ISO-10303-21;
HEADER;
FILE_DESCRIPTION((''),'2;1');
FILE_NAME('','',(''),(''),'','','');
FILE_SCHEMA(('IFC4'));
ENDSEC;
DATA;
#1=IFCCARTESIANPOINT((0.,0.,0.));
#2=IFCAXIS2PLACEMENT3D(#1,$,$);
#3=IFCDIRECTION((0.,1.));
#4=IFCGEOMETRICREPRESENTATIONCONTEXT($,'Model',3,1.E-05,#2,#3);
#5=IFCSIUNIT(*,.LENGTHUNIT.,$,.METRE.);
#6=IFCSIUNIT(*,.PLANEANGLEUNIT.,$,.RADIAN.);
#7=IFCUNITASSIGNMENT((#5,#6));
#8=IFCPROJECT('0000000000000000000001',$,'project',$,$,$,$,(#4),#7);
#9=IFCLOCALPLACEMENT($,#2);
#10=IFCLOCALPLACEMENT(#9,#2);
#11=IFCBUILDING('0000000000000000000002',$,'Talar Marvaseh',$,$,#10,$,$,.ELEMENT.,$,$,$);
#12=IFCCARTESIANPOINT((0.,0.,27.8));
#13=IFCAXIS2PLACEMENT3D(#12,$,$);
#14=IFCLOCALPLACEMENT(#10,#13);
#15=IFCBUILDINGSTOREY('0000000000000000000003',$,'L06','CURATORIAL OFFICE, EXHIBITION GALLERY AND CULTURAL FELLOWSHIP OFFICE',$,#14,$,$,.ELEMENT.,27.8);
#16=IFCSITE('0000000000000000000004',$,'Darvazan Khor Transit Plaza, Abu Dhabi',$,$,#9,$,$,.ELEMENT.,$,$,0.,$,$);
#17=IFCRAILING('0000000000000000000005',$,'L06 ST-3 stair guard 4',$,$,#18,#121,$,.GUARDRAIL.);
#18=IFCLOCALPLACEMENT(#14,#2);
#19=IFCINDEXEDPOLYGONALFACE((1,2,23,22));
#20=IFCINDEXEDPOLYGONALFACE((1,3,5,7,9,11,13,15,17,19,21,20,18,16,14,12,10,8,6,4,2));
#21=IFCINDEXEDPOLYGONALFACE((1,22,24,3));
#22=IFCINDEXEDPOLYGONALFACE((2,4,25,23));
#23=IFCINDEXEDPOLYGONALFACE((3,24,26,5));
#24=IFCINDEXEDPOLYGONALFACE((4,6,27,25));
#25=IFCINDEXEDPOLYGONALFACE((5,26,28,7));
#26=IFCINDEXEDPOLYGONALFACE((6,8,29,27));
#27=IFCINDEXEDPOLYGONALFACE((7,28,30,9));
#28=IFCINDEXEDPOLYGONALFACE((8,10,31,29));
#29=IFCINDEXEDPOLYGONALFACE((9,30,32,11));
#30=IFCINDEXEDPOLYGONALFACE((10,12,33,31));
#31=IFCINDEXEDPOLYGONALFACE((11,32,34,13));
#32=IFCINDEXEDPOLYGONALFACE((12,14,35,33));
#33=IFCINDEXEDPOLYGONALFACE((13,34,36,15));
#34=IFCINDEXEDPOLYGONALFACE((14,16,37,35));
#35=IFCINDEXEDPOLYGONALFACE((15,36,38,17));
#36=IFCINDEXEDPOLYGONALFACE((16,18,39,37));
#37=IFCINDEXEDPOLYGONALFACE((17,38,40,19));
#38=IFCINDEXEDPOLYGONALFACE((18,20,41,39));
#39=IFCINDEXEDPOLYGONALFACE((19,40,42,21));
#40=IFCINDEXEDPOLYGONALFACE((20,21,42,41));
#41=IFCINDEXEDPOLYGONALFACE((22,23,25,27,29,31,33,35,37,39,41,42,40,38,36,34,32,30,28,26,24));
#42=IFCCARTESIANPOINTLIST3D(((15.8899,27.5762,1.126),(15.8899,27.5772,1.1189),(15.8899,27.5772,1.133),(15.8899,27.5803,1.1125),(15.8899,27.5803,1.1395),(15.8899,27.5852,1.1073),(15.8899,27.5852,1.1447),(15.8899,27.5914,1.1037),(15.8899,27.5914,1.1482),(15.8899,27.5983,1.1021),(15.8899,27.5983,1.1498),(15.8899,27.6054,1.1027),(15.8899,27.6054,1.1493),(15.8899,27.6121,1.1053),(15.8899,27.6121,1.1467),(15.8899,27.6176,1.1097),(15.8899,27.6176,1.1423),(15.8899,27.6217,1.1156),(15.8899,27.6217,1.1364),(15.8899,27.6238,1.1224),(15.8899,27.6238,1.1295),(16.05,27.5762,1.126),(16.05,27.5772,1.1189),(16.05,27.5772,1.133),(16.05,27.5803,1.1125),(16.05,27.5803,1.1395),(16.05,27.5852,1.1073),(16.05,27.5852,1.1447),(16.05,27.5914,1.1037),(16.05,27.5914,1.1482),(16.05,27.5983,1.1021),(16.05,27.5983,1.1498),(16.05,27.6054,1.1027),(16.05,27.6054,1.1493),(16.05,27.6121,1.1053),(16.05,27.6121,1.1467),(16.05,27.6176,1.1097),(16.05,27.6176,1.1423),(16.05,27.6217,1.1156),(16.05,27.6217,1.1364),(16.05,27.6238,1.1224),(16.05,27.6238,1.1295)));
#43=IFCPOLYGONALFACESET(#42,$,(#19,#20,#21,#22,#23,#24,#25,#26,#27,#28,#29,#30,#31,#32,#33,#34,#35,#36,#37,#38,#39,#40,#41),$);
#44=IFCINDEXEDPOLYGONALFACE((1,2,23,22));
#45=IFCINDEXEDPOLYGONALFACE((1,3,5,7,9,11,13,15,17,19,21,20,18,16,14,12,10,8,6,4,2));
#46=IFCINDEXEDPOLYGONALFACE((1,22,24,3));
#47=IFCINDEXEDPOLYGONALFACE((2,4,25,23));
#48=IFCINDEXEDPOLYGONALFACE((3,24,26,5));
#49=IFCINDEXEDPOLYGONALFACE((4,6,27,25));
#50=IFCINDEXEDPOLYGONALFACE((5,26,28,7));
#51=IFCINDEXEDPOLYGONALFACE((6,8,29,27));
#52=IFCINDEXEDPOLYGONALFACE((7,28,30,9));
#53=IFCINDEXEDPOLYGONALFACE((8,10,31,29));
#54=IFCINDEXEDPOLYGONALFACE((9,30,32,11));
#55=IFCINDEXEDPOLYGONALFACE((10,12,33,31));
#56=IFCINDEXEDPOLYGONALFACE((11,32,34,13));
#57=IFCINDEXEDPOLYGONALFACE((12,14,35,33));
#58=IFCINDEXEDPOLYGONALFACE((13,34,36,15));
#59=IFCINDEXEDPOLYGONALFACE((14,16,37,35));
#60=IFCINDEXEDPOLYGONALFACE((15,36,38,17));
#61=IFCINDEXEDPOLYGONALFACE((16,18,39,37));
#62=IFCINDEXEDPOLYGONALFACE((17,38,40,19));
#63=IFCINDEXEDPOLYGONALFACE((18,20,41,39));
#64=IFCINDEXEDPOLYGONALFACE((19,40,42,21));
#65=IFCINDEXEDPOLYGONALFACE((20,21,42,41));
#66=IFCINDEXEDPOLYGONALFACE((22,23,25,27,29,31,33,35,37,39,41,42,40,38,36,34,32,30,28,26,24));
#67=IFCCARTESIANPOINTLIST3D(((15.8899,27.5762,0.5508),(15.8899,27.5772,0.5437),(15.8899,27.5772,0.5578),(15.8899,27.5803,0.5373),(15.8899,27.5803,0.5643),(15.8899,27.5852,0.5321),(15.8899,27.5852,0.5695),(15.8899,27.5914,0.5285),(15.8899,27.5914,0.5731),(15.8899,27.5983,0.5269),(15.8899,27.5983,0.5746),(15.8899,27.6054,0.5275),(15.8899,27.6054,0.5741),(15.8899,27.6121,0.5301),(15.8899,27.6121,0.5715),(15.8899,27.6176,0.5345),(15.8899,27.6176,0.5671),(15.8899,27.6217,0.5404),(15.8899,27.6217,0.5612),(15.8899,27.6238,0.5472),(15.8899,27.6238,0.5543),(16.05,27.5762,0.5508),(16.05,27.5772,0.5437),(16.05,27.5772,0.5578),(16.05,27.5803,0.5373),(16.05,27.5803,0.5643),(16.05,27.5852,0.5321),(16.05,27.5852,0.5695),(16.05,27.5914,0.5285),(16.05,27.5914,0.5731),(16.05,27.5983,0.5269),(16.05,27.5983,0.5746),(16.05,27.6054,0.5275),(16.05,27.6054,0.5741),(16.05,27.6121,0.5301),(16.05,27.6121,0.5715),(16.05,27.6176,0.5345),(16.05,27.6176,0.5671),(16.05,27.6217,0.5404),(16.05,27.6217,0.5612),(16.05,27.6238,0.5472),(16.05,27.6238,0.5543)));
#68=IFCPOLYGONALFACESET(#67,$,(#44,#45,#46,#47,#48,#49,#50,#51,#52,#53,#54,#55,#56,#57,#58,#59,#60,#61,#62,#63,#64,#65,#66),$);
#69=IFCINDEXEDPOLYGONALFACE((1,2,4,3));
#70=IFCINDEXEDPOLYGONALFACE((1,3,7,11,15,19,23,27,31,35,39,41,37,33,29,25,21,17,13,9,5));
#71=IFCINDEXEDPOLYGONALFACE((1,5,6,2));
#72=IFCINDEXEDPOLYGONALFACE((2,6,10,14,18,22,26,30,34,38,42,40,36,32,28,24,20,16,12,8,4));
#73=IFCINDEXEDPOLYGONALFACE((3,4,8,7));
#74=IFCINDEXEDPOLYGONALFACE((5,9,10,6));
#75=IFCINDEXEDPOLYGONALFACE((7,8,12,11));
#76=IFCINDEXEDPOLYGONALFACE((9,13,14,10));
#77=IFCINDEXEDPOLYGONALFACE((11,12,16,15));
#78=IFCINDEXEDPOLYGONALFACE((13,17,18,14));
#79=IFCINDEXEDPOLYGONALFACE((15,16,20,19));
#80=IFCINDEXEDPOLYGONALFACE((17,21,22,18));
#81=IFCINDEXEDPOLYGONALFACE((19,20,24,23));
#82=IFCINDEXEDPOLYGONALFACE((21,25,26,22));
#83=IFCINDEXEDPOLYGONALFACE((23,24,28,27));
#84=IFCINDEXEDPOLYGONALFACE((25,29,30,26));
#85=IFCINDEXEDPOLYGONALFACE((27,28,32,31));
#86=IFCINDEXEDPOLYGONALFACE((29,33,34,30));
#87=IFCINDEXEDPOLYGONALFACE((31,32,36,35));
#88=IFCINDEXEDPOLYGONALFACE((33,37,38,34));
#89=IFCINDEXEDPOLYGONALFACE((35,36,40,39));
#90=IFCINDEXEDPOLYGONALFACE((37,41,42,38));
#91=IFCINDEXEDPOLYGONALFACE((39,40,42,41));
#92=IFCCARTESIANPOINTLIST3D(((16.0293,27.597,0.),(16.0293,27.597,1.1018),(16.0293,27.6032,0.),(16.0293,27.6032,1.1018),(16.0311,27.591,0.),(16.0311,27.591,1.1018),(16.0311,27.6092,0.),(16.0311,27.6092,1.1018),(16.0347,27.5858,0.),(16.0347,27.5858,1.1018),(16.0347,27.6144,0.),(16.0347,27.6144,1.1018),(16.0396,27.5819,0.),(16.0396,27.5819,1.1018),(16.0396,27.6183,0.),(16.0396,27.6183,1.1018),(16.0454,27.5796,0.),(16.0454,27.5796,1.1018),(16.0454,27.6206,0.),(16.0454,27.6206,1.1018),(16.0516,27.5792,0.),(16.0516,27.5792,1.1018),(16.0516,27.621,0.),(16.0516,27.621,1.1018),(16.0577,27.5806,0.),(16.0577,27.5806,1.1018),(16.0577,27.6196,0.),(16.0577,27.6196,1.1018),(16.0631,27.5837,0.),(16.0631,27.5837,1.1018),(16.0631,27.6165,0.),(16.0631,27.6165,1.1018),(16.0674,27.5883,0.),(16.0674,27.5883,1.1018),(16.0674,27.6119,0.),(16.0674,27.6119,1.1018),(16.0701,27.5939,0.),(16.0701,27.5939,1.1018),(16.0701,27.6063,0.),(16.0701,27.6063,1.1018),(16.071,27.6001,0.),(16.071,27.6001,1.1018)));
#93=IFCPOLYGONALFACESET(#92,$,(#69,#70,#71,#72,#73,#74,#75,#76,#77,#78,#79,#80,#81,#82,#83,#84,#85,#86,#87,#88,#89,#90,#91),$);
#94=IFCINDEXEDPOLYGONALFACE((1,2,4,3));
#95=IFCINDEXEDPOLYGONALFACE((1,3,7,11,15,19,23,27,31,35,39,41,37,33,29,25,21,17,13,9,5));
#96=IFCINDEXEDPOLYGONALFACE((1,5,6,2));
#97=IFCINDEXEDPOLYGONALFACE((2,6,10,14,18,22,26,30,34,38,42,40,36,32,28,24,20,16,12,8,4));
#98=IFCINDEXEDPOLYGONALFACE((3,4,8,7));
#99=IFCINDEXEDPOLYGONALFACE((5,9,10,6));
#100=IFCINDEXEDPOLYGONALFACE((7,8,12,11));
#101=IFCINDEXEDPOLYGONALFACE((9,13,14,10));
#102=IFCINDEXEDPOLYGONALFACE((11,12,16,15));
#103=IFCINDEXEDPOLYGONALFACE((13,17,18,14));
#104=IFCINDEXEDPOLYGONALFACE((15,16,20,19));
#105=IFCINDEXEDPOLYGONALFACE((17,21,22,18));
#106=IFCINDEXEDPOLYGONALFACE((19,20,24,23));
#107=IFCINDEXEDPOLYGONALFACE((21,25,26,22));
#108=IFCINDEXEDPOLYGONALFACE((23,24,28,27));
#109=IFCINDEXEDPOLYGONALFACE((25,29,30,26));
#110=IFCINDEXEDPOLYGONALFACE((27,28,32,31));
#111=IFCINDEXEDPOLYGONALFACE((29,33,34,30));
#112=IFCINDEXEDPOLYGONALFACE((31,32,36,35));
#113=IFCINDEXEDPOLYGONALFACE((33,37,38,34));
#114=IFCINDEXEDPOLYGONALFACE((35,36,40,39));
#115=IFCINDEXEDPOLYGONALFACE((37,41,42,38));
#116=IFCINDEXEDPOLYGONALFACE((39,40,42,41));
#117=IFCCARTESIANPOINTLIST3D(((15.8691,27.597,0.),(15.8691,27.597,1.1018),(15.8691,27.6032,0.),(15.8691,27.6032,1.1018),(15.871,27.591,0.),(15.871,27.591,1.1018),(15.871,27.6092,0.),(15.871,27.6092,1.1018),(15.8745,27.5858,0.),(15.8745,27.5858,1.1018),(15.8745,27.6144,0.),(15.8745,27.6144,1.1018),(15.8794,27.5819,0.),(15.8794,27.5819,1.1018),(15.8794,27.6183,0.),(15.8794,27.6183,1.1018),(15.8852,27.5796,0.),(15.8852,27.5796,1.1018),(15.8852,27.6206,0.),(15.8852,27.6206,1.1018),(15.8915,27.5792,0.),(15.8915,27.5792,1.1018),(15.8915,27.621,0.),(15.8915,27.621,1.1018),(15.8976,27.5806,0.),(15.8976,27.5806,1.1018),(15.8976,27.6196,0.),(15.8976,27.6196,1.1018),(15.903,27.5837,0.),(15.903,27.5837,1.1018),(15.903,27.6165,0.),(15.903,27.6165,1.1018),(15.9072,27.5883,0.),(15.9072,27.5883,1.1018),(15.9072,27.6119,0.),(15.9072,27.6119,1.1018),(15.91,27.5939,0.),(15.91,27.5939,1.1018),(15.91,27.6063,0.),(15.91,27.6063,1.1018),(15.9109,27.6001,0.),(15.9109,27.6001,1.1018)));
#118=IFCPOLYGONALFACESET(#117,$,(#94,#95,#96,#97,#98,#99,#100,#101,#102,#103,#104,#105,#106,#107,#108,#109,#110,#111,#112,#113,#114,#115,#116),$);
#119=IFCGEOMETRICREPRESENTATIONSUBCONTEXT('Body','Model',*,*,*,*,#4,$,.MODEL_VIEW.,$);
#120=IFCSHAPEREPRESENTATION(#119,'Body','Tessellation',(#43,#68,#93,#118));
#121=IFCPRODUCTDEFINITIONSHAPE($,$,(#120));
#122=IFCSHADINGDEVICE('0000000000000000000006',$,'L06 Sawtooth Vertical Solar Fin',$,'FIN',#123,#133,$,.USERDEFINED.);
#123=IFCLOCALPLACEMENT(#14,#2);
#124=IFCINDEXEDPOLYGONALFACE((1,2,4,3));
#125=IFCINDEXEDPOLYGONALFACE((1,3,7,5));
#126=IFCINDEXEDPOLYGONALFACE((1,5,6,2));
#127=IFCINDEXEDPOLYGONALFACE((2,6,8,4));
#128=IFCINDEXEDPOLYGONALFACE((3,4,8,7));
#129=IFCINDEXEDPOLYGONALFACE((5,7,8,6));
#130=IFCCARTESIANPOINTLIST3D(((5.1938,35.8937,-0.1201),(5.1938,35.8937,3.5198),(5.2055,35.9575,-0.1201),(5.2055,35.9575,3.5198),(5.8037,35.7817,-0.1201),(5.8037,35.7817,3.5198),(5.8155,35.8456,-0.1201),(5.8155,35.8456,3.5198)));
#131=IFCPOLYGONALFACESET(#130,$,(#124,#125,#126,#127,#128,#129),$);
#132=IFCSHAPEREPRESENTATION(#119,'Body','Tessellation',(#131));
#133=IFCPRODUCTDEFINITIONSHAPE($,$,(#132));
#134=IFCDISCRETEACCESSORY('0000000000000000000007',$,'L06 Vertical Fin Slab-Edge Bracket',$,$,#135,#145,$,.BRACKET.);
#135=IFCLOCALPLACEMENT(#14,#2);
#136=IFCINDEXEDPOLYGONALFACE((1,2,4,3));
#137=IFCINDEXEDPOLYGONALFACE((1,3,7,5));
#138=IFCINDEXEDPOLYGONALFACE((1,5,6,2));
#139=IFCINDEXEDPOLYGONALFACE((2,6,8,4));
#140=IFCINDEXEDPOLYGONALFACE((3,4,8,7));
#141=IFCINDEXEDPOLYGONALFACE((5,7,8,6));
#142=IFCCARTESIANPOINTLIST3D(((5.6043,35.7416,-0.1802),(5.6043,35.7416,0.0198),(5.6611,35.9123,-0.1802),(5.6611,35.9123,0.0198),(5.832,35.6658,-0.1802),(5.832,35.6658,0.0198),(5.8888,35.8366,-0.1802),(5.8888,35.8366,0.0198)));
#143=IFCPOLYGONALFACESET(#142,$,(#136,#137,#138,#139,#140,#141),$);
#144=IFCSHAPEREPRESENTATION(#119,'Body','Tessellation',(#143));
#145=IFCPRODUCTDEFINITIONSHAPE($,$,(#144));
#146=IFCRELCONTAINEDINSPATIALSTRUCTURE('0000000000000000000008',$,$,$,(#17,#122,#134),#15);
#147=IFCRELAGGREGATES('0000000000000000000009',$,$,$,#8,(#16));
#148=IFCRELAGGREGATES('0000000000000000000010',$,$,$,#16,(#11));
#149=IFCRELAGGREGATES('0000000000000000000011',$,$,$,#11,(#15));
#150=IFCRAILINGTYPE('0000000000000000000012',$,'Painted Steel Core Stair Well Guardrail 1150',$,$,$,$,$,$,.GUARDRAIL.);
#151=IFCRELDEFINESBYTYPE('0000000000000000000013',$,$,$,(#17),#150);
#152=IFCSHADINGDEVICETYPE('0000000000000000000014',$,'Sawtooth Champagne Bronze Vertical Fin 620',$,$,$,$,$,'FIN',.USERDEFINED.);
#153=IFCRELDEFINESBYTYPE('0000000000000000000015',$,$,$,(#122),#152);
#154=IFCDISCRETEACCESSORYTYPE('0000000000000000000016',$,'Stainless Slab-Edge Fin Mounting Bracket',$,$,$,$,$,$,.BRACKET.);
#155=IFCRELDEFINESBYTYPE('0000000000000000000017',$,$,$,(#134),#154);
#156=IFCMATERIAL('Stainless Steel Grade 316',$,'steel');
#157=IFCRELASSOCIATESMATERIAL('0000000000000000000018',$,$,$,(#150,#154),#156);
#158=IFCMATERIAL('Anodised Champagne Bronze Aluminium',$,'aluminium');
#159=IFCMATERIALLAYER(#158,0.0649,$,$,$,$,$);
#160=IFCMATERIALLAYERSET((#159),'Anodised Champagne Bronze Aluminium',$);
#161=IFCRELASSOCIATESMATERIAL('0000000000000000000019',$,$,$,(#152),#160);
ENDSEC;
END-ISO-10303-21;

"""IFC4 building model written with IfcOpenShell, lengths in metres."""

from ifc_helpers import new_model, si_unit, direction, frame, origin, origin_2d, place, context, subcontext, project, spatial, rectangle, circle, extrude, source, transform, mapped, material, layer, layer_set, type_object, type_shapes, element, save


model = new_model("IFC4")

# Units and contexts
model_context = context("Model", 3, precision=1e-05, world=origin(), true_north=direction((0.0, 1.0)))
body_context = subcontext(model_context, "Body", "Model", "MODEL_VIEW")
ifc_project = project(units=[si_unit("LENGTHUNIT", "METRE"), si_unit("PLANEANGLEUNIT", "RADIAN")], contexts=[model_context])

# Site, building, storey
site_placement = place(None, origin())
site = spatial("IfcSite", under=ifc_project, at=site_placement, Name="Darvazan Khor Transit Plaza, Abu Dhabi", CompositionType="ELEMENT", RefElevation=0.0)
building_placement = place(site_placement, origin())
building = spatial("IfcBuilding", under=site, at=building_placement, Name="Talar Marvaseh", CompositionType="ELEMENT")
storey_placement = place(building_placement, frame((0.0, 0.0, 27.8)))
storey = spatial("IfcBuildingStorey", under=building, at=storey_placement, Name="L06", Description="CURATORIAL OFFICE, EXHIBITION GALLERY AND CULTURAL FELLOWSHIP OFFICE", CompositionType="ELEMENT", Elevation=27.8)

# Railing
ifc_material_1 = material(Name="Stainless Steel Grade 316", Category="steel")
railing_type_1 = type_object("IfcRailingType", Name="Painted Steel Core Stair Well Guardrail 1150", PredefinedType="GUARDRAIL", material=ifc_material_1)
railing_1_placement = place(storey_placement, frame((16.05, 27.6001, 0.0)))
element("IfcRailing", 1, at=railing_1_placement, inside=storey, type_object=railing_type_1, Name="L06 ST-3 stair guard 4", PredefinedType="GUARDRAIL", context=body_context, shape_type="SweptSolid", body=[
    extrude(circle(Radius=0.0239, at=origin_2d()), frame((0.0, 0.0, 1.126), z_axis=(-1.0, 0.0, 0.0), x_axis=(0.0, -1.0, 0.0)), (0.0, 0.0, 1.0), 0.1602),
    extrude(circle(Radius=0.0239, at=origin_2d()), frame((0.0, 0.0, 0.5508), z_axis=(-1.0, 0.0, 0.0), x_axis=(0.0, -1.0, 0.0)), (0.0, 0.0, 1.0), 0.1602),
    extrude(circle(Radius=0.021, at=origin_2d()), origin(), (0.0, 0.0, 1.0), 1.1018),
    extrude(circle(Radius=0.021, at=origin_2d()), frame((-0.1602, 0.0, 0.0)), (0.0, 0.0, 1.0), 1.1018),
])

# Shading device
ifc_material_2 = material(Name="Anodised Champagne Bronze Aluminium", Category="aluminium")
ifc_layer_1 = layer(ifc_material_2, 0.0649)
ifc_layer_set_1 = layer_set([ifc_layer_1], Name="Anodised Champagne Bronze Aluminium")
shading_device_type = type_object("IfcShadingDeviceType", Name="Sawtooth Champagne Bronze Vertical Fin 620", ElementType="FIN", PredefinedType="USERDEFINED", material=ifc_layer_set_1)
shared_shape_1 = source(origin(), body_context, "Body", "SweptSolid", [
    extrude(rectangle(XDim=0.6201, YDim=0.0649, at=origin_2d()), origin(), (0.0, 0.0, 1.0), 3.6399),
])
type_shapes(shading_device_type, [shared_shape_1])
shading_device_placement = place(storey_placement, frame((5.5046, 35.8696, -0.1201), z_axis=(0.0, 0.0, 1.0), x_axis=(-0.983571, 0.180519, 0.0)))
element("IfcShadingDevice", 2, at=shading_device_placement, inside=storey, type_object=shading_device_type, Name="L06 Sawtooth Vertical Solar Fin", ObjectType="FIN", PredefinedType="USERDEFINED", context=body_context, shape_type="MappedRepresentation", body=[
    mapped(shared_shape_1, transform((0.0, 0.0, 0.0), x_axis=(1.0, 0.0, 0.0), y_axis=(0.0, 1.0, 0.0), z_axis=(0.0, 0.0, 1.0), scale=1.0)),
])

# Discrete accessory
discrete_accessory_type = type_object("IfcDiscreteAccessoryType", Name="Stainless Slab-Edge Fin Mounting Bracket", PredefinedType="BRACKET", material=ifc_material_1)
shared_shape_2 = source(origin(), body_context, "Body", "SweptSolid", [
    extrude(rectangle(XDim=0.24, YDim=0.1799, at=origin_2d()), origin(), (0.0, 0.0, 1.0), 0.2),
])
type_shapes(discrete_accessory_type, [shared_shape_2])
discrete_accessory_placement = place(storey_placement, frame((5.7466, 35.7891, -0.1802), z_axis=(0.0, 0.0, 1.0), x_axis=(-0.948876, 0.315649, 0.0)))
element("IfcDiscreteAccessory", 3, at=discrete_accessory_placement, inside=storey, type_object=discrete_accessory_type, Name="L06 Vertical Fin Slab-Edge Bracket", PredefinedType="BRACKET", context=body_context, shape_type="MappedRepresentation", body=[
    mapped(shared_shape_2, transform((0.0, 0.0, 0.0), x_axis=(1.0, 0.0, 0.0), y_axis=(0.0, 1.0, 0.0), z_axis=(0.0, 0.0, 1.0), scale=1.0)),
])

save(model, "model.ifc")
